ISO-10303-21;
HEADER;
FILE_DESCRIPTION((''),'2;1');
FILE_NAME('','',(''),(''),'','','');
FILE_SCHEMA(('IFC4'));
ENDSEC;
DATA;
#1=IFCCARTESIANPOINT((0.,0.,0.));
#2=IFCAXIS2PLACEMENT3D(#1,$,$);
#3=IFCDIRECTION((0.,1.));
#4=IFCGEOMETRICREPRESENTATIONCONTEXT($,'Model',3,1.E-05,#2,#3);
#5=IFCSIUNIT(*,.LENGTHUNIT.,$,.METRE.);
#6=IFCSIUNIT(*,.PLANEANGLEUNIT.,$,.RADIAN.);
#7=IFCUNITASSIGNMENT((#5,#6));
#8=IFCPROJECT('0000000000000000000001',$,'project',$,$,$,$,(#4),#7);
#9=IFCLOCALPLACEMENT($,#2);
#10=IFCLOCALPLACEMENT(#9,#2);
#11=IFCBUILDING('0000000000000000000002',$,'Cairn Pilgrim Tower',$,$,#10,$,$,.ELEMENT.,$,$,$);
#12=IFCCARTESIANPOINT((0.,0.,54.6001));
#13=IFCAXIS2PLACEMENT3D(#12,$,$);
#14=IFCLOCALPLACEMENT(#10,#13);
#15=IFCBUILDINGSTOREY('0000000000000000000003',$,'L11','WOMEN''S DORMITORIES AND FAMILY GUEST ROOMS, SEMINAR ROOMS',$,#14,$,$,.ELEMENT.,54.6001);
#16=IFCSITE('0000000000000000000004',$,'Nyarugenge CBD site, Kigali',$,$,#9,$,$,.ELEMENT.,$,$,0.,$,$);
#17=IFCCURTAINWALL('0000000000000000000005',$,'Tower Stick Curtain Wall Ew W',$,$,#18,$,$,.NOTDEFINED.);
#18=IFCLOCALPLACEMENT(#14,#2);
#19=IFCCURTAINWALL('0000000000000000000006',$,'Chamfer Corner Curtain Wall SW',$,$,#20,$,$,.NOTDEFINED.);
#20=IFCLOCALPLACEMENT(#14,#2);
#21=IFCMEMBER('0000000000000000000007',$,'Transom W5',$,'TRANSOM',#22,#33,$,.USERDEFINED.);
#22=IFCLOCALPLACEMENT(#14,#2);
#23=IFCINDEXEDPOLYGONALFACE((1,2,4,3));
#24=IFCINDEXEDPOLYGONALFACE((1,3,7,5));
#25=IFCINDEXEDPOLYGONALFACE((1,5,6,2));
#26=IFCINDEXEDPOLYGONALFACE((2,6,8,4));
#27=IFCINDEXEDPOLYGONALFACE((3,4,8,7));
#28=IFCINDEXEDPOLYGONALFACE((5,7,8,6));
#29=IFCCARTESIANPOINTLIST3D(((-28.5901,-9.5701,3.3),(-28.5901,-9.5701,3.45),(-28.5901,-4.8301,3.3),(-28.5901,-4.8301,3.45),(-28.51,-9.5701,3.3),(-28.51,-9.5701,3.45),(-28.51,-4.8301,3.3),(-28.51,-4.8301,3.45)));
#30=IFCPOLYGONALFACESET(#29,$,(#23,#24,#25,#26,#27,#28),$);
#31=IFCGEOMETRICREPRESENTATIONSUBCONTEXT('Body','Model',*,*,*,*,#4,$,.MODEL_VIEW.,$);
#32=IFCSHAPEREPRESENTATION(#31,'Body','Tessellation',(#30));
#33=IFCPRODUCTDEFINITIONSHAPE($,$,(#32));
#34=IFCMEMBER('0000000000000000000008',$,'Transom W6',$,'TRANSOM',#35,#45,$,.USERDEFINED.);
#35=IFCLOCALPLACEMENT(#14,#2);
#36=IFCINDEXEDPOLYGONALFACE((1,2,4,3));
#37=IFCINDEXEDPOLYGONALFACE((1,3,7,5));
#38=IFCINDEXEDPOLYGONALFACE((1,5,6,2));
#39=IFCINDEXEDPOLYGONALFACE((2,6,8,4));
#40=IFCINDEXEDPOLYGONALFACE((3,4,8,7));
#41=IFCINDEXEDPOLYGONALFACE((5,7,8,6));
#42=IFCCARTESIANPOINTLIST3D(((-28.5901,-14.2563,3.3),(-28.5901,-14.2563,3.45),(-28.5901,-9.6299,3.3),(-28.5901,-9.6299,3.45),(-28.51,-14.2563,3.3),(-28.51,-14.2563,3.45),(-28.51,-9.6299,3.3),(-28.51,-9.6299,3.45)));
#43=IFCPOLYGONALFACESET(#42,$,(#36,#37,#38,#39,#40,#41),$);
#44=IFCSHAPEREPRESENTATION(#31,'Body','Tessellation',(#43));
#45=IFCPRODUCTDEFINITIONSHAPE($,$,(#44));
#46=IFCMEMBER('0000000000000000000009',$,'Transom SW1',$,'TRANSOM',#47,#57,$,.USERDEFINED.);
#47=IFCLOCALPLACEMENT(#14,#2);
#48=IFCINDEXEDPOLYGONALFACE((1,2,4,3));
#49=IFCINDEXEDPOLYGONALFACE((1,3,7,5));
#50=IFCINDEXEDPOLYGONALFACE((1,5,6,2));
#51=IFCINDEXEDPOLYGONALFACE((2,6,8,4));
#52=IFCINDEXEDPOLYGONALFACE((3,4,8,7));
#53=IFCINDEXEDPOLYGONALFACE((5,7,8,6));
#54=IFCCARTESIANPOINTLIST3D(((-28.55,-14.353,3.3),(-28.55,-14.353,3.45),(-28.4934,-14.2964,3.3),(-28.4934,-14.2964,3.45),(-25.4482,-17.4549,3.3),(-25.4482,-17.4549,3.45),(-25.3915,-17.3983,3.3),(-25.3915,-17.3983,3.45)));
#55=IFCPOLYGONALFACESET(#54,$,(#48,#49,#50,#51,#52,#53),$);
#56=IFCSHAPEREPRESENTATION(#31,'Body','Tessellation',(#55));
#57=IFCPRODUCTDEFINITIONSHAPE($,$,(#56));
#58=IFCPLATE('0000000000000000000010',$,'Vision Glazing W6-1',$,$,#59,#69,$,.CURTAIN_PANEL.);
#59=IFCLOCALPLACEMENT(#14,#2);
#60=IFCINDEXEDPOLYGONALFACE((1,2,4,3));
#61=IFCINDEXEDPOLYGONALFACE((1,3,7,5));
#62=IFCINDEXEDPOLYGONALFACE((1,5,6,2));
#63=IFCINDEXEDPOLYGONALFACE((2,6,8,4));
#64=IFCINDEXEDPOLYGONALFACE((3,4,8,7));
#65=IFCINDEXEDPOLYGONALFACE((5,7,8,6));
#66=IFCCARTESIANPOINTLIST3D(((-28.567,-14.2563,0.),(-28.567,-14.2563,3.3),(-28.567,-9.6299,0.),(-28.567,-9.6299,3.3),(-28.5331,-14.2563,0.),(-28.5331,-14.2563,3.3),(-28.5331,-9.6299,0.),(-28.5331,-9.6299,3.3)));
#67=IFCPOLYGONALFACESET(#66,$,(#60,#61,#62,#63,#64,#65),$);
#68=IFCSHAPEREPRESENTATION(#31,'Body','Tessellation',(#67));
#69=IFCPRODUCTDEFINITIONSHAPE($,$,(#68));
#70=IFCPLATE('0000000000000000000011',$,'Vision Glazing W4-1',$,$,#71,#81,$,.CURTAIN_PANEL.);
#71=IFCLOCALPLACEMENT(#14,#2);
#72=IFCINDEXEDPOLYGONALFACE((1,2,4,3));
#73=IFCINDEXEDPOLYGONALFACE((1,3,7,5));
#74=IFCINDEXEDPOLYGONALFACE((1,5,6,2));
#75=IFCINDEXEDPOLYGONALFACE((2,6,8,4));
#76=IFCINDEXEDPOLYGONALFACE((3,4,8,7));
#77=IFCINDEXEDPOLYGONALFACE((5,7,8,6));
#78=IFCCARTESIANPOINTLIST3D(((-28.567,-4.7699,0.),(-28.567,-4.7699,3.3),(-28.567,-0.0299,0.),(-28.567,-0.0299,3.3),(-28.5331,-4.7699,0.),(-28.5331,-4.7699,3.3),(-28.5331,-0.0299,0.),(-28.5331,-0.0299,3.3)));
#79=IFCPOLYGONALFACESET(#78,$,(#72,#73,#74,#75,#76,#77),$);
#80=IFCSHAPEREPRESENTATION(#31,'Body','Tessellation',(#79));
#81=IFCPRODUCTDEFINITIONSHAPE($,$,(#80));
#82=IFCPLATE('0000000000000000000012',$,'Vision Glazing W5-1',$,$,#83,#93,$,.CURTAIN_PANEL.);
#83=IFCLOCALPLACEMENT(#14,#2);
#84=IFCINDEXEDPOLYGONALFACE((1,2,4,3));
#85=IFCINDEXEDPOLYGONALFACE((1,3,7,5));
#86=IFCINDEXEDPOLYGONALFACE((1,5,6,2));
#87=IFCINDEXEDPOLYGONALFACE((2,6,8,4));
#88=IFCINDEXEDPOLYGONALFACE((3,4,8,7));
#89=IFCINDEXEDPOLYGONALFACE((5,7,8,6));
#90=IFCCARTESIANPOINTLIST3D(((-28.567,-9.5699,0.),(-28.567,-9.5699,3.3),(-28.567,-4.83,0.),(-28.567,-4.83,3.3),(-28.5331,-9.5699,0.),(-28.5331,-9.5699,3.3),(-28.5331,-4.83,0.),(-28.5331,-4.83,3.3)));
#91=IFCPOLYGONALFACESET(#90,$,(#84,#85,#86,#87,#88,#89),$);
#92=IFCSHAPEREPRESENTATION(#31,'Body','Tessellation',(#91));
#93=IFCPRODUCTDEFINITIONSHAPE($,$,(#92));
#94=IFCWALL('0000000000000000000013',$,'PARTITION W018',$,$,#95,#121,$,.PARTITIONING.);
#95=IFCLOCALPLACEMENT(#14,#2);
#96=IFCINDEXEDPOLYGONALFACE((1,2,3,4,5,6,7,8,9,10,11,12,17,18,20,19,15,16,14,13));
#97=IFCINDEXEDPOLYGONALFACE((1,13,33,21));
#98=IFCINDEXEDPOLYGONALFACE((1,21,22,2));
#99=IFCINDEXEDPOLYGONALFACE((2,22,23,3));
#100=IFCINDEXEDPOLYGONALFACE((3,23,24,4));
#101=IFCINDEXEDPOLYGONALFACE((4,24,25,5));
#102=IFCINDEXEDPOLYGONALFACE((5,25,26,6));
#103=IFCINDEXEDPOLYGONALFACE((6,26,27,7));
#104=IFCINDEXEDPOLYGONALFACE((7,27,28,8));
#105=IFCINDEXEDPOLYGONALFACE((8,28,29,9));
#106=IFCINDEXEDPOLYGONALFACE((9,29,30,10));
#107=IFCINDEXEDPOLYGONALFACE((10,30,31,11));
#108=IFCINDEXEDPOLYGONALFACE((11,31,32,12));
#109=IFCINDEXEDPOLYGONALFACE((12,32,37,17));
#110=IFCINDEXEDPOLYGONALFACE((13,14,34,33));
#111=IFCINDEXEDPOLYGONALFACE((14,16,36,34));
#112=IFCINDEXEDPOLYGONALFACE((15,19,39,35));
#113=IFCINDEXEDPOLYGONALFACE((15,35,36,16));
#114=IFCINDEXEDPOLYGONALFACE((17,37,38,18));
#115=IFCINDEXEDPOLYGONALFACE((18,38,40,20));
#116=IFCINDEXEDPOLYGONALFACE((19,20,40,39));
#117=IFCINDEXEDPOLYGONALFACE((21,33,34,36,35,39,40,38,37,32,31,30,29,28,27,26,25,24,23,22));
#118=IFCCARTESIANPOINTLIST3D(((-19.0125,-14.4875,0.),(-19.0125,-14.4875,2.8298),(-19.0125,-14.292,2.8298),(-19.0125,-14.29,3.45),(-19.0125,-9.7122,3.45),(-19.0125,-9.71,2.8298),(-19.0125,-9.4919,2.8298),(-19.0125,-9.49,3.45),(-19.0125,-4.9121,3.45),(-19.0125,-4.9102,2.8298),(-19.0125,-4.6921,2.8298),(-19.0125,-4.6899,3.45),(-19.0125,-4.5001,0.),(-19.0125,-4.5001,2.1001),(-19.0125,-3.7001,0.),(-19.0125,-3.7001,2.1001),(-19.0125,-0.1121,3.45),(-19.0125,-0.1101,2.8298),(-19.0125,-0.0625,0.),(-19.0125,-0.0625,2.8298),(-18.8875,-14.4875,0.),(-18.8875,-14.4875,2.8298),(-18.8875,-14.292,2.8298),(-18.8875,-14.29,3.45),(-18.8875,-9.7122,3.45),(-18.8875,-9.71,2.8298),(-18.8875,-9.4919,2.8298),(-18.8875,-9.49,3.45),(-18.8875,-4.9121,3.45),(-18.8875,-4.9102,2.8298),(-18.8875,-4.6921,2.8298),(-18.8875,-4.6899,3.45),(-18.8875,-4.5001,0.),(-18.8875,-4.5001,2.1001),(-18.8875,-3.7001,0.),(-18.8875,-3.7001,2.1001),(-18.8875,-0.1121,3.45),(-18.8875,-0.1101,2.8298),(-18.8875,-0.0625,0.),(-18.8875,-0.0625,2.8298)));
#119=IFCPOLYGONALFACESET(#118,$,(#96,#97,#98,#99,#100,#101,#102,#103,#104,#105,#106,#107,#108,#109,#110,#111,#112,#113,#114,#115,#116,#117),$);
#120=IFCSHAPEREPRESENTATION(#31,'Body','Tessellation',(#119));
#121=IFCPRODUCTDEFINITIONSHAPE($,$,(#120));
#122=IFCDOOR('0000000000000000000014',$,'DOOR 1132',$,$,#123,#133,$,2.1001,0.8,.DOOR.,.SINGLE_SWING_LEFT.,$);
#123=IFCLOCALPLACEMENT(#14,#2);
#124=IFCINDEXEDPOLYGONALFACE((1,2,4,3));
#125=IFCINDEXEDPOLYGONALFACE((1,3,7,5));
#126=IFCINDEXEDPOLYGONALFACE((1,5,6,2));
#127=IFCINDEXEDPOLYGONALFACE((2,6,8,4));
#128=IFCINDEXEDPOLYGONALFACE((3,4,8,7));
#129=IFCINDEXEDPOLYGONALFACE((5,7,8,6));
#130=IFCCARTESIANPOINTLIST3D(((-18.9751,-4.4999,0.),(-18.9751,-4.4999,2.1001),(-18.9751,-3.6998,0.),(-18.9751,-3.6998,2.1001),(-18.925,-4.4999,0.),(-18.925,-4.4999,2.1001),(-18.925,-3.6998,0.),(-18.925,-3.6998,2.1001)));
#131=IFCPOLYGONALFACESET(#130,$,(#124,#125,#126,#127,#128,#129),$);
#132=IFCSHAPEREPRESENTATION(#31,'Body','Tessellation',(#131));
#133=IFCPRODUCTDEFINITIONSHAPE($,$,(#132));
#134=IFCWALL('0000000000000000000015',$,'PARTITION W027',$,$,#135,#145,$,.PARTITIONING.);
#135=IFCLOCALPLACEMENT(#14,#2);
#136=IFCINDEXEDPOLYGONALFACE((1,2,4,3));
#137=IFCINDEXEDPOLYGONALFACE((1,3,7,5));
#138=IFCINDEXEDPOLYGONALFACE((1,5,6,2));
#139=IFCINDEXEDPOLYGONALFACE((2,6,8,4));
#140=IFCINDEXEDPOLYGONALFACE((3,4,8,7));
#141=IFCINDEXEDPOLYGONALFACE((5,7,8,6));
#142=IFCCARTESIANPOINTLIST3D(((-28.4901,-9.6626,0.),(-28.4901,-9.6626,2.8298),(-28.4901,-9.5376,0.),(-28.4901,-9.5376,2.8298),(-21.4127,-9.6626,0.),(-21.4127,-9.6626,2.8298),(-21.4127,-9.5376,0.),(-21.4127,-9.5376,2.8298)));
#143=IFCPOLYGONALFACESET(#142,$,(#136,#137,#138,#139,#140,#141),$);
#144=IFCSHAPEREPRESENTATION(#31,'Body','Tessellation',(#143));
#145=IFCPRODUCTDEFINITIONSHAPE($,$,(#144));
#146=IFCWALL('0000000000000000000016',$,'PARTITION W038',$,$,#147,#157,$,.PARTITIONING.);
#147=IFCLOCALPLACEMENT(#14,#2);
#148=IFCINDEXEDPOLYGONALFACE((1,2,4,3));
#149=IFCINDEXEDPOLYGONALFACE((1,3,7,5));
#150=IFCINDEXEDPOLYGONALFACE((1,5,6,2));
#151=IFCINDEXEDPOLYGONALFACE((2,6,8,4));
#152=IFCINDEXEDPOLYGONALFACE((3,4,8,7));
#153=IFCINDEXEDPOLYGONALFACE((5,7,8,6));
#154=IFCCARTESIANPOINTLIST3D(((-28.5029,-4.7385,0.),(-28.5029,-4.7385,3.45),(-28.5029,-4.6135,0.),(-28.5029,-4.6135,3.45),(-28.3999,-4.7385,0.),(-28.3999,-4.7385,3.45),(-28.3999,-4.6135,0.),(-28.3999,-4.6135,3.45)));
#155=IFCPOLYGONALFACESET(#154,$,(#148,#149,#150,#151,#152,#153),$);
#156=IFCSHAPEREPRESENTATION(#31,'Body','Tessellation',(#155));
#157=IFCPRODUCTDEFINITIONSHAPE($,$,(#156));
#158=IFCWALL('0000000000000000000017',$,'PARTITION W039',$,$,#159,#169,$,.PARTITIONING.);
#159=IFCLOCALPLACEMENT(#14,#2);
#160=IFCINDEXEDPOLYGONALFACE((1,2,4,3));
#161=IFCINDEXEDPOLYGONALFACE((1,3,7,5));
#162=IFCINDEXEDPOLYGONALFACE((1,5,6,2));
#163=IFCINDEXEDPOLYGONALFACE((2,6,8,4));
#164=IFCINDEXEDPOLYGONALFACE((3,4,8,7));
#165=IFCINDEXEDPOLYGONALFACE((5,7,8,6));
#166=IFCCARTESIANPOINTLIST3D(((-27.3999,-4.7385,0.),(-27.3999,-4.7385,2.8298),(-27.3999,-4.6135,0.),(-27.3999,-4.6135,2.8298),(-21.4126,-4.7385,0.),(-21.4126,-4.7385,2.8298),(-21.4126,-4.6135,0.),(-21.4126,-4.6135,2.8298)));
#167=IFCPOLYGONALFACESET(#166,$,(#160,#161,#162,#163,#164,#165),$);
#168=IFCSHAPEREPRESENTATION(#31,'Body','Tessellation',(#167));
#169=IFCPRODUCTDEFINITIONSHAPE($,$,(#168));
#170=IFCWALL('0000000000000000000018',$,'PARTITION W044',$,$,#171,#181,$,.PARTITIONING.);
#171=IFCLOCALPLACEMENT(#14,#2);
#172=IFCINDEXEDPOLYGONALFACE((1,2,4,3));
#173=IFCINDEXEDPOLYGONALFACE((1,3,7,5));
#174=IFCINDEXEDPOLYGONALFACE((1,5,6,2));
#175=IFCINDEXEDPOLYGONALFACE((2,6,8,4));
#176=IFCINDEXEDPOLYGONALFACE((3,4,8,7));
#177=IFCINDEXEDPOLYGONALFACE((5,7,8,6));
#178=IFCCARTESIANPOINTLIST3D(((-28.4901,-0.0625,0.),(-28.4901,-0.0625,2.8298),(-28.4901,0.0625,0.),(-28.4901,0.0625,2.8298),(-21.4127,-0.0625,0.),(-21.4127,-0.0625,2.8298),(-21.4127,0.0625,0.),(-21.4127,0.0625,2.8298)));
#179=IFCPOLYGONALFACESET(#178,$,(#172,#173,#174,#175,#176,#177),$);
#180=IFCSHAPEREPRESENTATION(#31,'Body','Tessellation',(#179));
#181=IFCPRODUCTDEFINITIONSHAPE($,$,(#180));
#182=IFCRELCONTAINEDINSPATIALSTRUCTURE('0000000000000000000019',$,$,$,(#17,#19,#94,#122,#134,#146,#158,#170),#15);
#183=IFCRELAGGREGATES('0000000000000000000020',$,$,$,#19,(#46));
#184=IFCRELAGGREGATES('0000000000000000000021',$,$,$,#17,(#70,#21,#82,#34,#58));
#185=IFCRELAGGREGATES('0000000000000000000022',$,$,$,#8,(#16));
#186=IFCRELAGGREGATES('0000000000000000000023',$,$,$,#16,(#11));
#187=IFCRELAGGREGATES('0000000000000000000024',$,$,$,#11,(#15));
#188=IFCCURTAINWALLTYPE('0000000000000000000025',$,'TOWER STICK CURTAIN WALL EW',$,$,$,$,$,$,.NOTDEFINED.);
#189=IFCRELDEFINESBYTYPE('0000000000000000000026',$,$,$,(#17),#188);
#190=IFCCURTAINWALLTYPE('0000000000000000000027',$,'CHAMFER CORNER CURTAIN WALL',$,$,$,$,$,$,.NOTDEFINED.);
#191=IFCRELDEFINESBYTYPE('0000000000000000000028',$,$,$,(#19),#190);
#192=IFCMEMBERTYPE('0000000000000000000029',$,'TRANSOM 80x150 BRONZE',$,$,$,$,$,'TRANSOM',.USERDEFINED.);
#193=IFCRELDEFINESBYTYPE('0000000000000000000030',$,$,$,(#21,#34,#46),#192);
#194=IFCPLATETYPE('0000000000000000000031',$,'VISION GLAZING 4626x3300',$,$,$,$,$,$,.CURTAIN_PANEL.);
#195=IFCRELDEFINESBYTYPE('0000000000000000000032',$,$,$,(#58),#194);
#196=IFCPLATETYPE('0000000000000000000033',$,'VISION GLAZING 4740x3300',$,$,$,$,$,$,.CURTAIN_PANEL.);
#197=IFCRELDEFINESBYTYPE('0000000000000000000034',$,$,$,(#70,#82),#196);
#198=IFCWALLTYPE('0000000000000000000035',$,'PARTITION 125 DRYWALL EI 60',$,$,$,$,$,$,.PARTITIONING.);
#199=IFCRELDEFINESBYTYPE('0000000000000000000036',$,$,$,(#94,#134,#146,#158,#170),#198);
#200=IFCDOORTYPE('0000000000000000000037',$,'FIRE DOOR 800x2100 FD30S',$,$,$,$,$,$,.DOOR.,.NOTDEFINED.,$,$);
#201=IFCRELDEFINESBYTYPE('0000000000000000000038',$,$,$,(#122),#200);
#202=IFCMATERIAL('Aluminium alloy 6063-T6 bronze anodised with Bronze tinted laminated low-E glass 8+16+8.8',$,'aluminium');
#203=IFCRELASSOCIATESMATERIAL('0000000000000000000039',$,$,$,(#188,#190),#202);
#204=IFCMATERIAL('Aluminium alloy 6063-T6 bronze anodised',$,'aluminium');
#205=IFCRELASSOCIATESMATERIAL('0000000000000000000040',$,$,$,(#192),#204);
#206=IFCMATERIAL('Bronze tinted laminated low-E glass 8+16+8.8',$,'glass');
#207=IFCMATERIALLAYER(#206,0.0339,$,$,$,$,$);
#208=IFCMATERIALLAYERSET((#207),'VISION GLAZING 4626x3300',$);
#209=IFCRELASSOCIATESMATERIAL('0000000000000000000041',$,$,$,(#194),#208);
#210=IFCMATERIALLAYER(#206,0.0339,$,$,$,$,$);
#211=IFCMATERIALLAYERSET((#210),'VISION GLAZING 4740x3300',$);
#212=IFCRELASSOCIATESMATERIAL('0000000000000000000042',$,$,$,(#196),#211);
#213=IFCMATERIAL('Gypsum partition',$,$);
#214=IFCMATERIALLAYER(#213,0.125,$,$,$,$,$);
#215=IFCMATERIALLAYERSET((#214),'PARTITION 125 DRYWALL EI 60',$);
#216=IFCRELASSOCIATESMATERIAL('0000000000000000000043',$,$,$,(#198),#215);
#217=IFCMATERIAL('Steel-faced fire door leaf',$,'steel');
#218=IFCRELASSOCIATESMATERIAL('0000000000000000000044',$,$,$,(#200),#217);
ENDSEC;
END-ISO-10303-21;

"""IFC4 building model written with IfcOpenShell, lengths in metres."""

from ifc_helpers import new_model, si_unit, direction, frame, frame_2d, origin, origin_2d, place, context, subcontext, project, spatial, polyline, rectangle, outline, extrude, material, layer, layer_set, material_profile, profile_set, type_object, element, fill, aggregate, save


model = new_model("IFC4")

# Units and contexts
model_context = context("Model", 3, precision=1e-05, world=origin(), true_north=direction((0.0, 1.0)))
body_context = subcontext(model_context, "Body", "Model", "MODEL_VIEW")
ifc_project = project(units=[si_unit("LENGTHUNIT", "METRE"), si_unit("PLANEANGLEUNIT", "RADIAN")], contexts=[model_context])

# Site, building, storey
site_placement = place(None, origin())
site = spatial("IfcSite", under=ifc_project, at=site_placement, Name="Nyarugenge CBD site, Kigali", CompositionType="ELEMENT", RefElevation=0.0)
building_placement = place(site_placement, origin())
building = spatial("IfcBuilding", under=site, at=building_placement, Name="Cairn Pilgrim Tower", CompositionType="ELEMENT")
storey_placement = place(building_placement, frame((0.0, 0.0, 54.6001)))
storey = spatial("IfcBuildingStorey", under=building, at=storey_placement, Name="L11", Description="WOMEN'S DORMITORIES AND FAMILY GUEST ROOMS, SEMINAR ROOMS", CompositionType="ELEMENT", Elevation=54.6001)

# Curtain wall
ifc_material_1 = material(Name="Aluminium alloy 6063-T6 bronze anodised with Bronze tinted laminated low-E glass 8+16+8.8", Category="aluminium")
curtain_wall_type_1 = type_object("IfcCurtainWallType", Name="TOWER STICK CURTAIN WALL EW", PredefinedType="NOTDEFINED", material=ifc_material_1)
curtain_wall_1_placement = place(storey_placement, origin())
curtain_wall_1 = element("IfcCurtainWall", 1, at=curtain_wall_1_placement, inside=storey, type_object=curtain_wall_type_1, Name="Tower Stick Curtain Wall Ew W", PredefinedType="NOTDEFINED")
ifc_material_2 = material(Name="Aluminium alloy 6063-T6 bronze anodised", Category="aluminium")

# Curtain wall
curtain_wall_type_2 = type_object("IfcCurtainWallType", Name="CHAMFER CORNER CURTAIN WALL", PredefinedType="NOTDEFINED", material=ifc_material_1)
curtain_wall_2_placement = place(storey_placement, origin())
curtain_wall_2 = element("IfcCurtainWall", 2, at=curtain_wall_2_placement, inside=storey, type_object=curtain_wall_type_2, Name="Chamfer Corner Curtain Wall SW", PredefinedType="NOTDEFINED")

# Members
ifc_material_profile_1 = material_profile(ifc_material_2, rectangle(XDim=0.0801, YDim=0.1499, at=origin_2d()), Name="TRANSOM 80x150 BRONZE")
ifc_profile_set_1 = profile_set([ifc_material_profile_1], Name="Aluminium alloy 6063-T6 bronze anodised")
member_type_1 = type_object("IfcMemberType", Name="TRANSOM 80x150 BRONZE", ElementType="TRANSOM", PredefinedType="USERDEFINED", material=ifc_profile_set_1)
member_1_placement = place(storey_placement, frame((-28.55, -4.8301, 3.375), z_axis=(0.0, -1.0, 0.0), x_axis=(1.0, 0.0, 0.0)))
member_1 = element("IfcMember", 3, at=member_1_placement, type_object=member_type_1, Name="Transom W5", ObjectType="TRANSOM", PredefinedType="USERDEFINED", context=body_context, shape_type="SweptSolid", body=[
    extrude(rectangle(XDim=0.0801, YDim=0.1499, at=origin_2d()), origin(), (0.0, 0.0, 1.0), 4.74),
])
member_2_placement = place(storey_placement, frame((-28.55, -9.6299, 3.375), z_axis=(0.0, -1.0, 0.0), x_axis=(1.0, 0.0, 0.0)))
member_2 = element("IfcMember", 4, at=member_2_placement, type_object=member_type_1, Name="Transom W6", ObjectType="TRANSOM", PredefinedType="USERDEFINED", context=body_context, shape_type="SweptSolid", body=[
    extrude(rectangle(XDim=0.0801, YDim=0.1499, at=origin_2d()), origin(), (0.0, 0.0, 1.0), 4.6265),
])
member_3_placement = place(storey_placement, frame((-28.5217, -14.3247, 3.375), z_axis=(0.707107, -0.707107, 0.0), x_axis=(0.707107, 0.707107, 0.0)))
member_3 = element("IfcMember", 5, at=member_3_placement, type_object=member_type_1, Name="Transom SW1", ObjectType="TRANSOM", PredefinedType="USERDEFINED", context=body_context, shape_type="SweptSolid", body=[
    extrude(rectangle(XDim=0.0801, YDim=0.1499, at=origin_2d()), origin(), (0.0, 0.0, 1.0), 4.3867),
])
aggregate(curtain_wall_2, [member_3])

# Plates
ifc_material_3 = material(Name="Bronze tinted laminated low-E glass 8+16+8.8", Category="glass")
ifc_layer_1 = layer(ifc_material_3, 0.0339)
ifc_layer_set_1 = layer_set([ifc_layer_1], Name="VISION GLAZING 4626x3300")
plate_type_1 = type_object("IfcPlateType", Name="VISION GLAZING 4626x3300", PredefinedType="CURTAIN_PANEL", material=ifc_layer_set_1)
plate_1_placement = place(storey_placement, frame((-28.55, -11.9431, 0.0), z_axis=(0.0, 0.0, 1.0), x_axis=(0.0, -1.0, 0.0)))
plate_1 = element("IfcPlate", 6, at=plate_1_placement, type_object=plate_type_1, Name="Vision Glazing W6-1", PredefinedType="CURTAIN_PANEL", context=body_context, shape_type="SweptSolid", body=[
    extrude(rectangle(XDim=4.6265, YDim=0.0339, at=origin_2d()), origin(), (0.0, 0.0, 1.0), 3.3),
])
ifc_layer_2 = layer(ifc_material_3, 0.0339)
ifc_layer_set_2 = layer_set([ifc_layer_2], Name="VISION GLAZING 4740x3300")
plate_type_2 = type_object("IfcPlateType", Name="VISION GLAZING 4740x3300", PredefinedType="CURTAIN_PANEL", material=ifc_layer_set_2)
plate_2_placement = place(storey_placement, frame((-28.55, -2.3999, 0.0), z_axis=(0.0, 0.0, 1.0), x_axis=(0.0, -1.0, 0.0)))
plate_2 = element("IfcPlate", 7, at=plate_2_placement, type_object=plate_type_2, Name="Vision Glazing W4-1", PredefinedType="CURTAIN_PANEL", context=body_context, shape_type="SweptSolid", body=[
    extrude(rectangle(XDim=4.74, YDim=0.0339, at=origin_2d()), origin(), (0.0, 0.0, 1.0), 3.3),
])
plate_3_placement = place(storey_placement, frame((-28.55, -7.2, 0.0), z_axis=(0.0, 0.0, 1.0), x_axis=(0.0, -1.0, 0.0)))
plate_3 = element("IfcPlate", 8, at=plate_3_placement, type_object=plate_type_2, Name="Vision Glazing W5-1", PredefinedType="CURTAIN_PANEL", context=body_context, shape_type="SweptSolid", body=[
    extrude(rectangle(XDim=4.74, YDim=0.0339, at=origin_2d()), origin(), (0.0, 0.0, 1.0), 3.3),
])
aggregate(curtain_wall_1, [plate_2, member_1, plate_3, member_2, plate_1])

# Wall, opening, door
ifc_material_4 = material(Name="Gypsum partition")
ifc_layer_3 = layer(ifc_material_4, 0.125)
ifc_layer_set_3 = layer_set([ifc_layer_3], Name="PARTITION 125 DRYWALL EI 60")
wall_type_1 = type_object("IfcWallType", Name="PARTITION 125 DRYWALL EI 60", PredefinedType="PARTITIONING", material=ifc_layer_set_3)
wall_1_placement = place(storey_placement, frame((-18.95, -14.4875, 0.0), z_axis=(0.0, 0.0, 1.0), x_axis=(0.0, 1.0, 0.0)))
wall_1 = element("IfcWall", 9, at=wall_1_placement, inside=storey, type_object=wall_type_1, Name="PARTITION W018", PredefinedType="PARTITIONING", context=body_context, shape_type="SweptSolid", body=[
    extrude(outline(polyline([(0.0, 0.0), (14.425, 0.0), (14.425, 2.8298), (14.3774, 2.8298), (14.3755, 3.45), (9.7976, 3.45), (9.7954, 2.8298), (9.5774, 2.8298), (9.5754, 3.45), (4.9976, 3.45), (4.9956, 2.8298), (4.7776, 2.8298), (4.7754, 3.45), (0.1975, 3.45), (0.1956, 2.8298), (0.0, 2.8298), (0.0, 0.0)])), frame((0.0, 0.0625, 0.0), z_axis=(0.0, -1.0, 0.0), x_axis=(1.0, 0.0, 0.0)), (0.0, 0.0, 1.0), 0.125),
])
opening_placement = place(wall_1_placement, frame((9.9875, 0.0, 0.0)))
opening = element("IfcOpeningElement", 10, at=opening_placement, cuts=wall_1, PredefinedType="OPENING", context=body_context, shape_type="SweptSolid", body=[
    extrude(rectangle(XDim=0.8, YDim=2.1001, at=frame_2d((0.3999, 1.05))), frame((0.0, 0.0725, 0.0), z_axis=(0.0, -1.0, 0.0), x_axis=(1.0, 0.0, 0.0)), (0.0, 0.0, 1.0), 0.145),
])
ifc_material_5 = material(Name="Steel-faced fire door leaf", Category="steel")
door_type = type_object("IfcDoorType", Name="FIRE DOOR 800x2100 FD30S", OperationType="NOTDEFINED", PredefinedType="DOOR", material=ifc_material_5)
door_placement = place(opening_placement, frame((0.8, 0.0, 0.0), z_axis=(0.0, 0.0, 1.0), x_axis=(-1.0, 0.0, 0.0)))
door = element("IfcDoor", 11, at=door_placement, inside=storey, type_object=door_type, Name="DOOR 1132", OperationType="SINGLE_SWING_LEFT", OverallHeight=2.1001, OverallWidth=0.8, PredefinedType="DOOR", context=body_context, shape_type="SweptSolid", body=[
    extrude(rectangle(XDim=0.8, YDim=2.1001, at=frame_2d((0.3999, 1.05))), frame((0.0, 0.0249, 0.0), z_axis=(0.0, -1.0, 0.0), x_axis=(1.0, 0.0, 0.0)), (0.0, 0.0, 1.0), 0.05),
])
fill(opening, door)

# Walls
wall_2_placement = place(storey_placement, frame((-28.49, -9.6001, 0.0), z_axis=(0.0, 0.0, 1.0), x_axis=(1.0, 0.0, 0.0)))
element("IfcWall", 12, at=wall_2_placement, inside=storey, type_object=wall_type_1, Name="PARTITION W027", PredefinedType="PARTITIONING", context=body_context, shape_type="SweptSolid", body=[
    extrude(rectangle(XDim=7.0774, YDim=0.125, at=frame_2d((3.5386, 0.0))), origin(), (0.0, 0.0, 1.0), 2.8298),
])
wall_3_placement = place(storey_placement, frame((-28.5029, -4.676, 0.0), z_axis=(0.0, 0.0, 1.0), x_axis=(1.0, 0.0, 0.0)))
element("IfcWall", 13, at=wall_3_placement, inside=storey, type_object=wall_type_1, Name="PARTITION W038", PredefinedType="PARTITIONING", context=body_context, shape_type="SweptSolid", body=[
    extrude(rectangle(XDim=0.103, YDim=0.125, at=frame_2d((0.0515, 0.0))), origin(), (0.0, 0.0, 1.0), 3.45),
])
wall_4_placement = place(storey_placement, frame((-27.3999, -4.676, 0.0), z_axis=(0.0, 0.0, 1.0), x_axis=(1.0, 0.0, 0.0)))
element("IfcWall", 14, at=wall_4_placement, inside=storey, type_object=wall_type_1, Name="PARTITION W039", PredefinedType="PARTITIONING", context=body_context, shape_type="SweptSolid", body=[
    extrude(rectangle(XDim=5.9873, YDim=0.125, at=frame_2d((2.9937, 0.0))), origin(), (0.0, 0.0, 1.0), 2.8298),
])
wall_5_placement = place(storey_placement, frame((-28.49, 0.0, 0.0), z_axis=(0.0, 0.0, 1.0), x_axis=(1.0, 0.0, 0.0)))
element("IfcWall", 15, at=wall_5_placement, inside=storey, type_object=wall_type_1, Name="PARTITION W044", PredefinedType="PARTITIONING", context=body_context, shape_type="SweptSolid", body=[
    extrude(rectangle(XDim=7.0774, YDim=0.125, at=frame_2d((3.5386, 0.0))), origin(), (0.0, 0.0, 1.0), 2.8298),
])

save(model, "model.ifc")
